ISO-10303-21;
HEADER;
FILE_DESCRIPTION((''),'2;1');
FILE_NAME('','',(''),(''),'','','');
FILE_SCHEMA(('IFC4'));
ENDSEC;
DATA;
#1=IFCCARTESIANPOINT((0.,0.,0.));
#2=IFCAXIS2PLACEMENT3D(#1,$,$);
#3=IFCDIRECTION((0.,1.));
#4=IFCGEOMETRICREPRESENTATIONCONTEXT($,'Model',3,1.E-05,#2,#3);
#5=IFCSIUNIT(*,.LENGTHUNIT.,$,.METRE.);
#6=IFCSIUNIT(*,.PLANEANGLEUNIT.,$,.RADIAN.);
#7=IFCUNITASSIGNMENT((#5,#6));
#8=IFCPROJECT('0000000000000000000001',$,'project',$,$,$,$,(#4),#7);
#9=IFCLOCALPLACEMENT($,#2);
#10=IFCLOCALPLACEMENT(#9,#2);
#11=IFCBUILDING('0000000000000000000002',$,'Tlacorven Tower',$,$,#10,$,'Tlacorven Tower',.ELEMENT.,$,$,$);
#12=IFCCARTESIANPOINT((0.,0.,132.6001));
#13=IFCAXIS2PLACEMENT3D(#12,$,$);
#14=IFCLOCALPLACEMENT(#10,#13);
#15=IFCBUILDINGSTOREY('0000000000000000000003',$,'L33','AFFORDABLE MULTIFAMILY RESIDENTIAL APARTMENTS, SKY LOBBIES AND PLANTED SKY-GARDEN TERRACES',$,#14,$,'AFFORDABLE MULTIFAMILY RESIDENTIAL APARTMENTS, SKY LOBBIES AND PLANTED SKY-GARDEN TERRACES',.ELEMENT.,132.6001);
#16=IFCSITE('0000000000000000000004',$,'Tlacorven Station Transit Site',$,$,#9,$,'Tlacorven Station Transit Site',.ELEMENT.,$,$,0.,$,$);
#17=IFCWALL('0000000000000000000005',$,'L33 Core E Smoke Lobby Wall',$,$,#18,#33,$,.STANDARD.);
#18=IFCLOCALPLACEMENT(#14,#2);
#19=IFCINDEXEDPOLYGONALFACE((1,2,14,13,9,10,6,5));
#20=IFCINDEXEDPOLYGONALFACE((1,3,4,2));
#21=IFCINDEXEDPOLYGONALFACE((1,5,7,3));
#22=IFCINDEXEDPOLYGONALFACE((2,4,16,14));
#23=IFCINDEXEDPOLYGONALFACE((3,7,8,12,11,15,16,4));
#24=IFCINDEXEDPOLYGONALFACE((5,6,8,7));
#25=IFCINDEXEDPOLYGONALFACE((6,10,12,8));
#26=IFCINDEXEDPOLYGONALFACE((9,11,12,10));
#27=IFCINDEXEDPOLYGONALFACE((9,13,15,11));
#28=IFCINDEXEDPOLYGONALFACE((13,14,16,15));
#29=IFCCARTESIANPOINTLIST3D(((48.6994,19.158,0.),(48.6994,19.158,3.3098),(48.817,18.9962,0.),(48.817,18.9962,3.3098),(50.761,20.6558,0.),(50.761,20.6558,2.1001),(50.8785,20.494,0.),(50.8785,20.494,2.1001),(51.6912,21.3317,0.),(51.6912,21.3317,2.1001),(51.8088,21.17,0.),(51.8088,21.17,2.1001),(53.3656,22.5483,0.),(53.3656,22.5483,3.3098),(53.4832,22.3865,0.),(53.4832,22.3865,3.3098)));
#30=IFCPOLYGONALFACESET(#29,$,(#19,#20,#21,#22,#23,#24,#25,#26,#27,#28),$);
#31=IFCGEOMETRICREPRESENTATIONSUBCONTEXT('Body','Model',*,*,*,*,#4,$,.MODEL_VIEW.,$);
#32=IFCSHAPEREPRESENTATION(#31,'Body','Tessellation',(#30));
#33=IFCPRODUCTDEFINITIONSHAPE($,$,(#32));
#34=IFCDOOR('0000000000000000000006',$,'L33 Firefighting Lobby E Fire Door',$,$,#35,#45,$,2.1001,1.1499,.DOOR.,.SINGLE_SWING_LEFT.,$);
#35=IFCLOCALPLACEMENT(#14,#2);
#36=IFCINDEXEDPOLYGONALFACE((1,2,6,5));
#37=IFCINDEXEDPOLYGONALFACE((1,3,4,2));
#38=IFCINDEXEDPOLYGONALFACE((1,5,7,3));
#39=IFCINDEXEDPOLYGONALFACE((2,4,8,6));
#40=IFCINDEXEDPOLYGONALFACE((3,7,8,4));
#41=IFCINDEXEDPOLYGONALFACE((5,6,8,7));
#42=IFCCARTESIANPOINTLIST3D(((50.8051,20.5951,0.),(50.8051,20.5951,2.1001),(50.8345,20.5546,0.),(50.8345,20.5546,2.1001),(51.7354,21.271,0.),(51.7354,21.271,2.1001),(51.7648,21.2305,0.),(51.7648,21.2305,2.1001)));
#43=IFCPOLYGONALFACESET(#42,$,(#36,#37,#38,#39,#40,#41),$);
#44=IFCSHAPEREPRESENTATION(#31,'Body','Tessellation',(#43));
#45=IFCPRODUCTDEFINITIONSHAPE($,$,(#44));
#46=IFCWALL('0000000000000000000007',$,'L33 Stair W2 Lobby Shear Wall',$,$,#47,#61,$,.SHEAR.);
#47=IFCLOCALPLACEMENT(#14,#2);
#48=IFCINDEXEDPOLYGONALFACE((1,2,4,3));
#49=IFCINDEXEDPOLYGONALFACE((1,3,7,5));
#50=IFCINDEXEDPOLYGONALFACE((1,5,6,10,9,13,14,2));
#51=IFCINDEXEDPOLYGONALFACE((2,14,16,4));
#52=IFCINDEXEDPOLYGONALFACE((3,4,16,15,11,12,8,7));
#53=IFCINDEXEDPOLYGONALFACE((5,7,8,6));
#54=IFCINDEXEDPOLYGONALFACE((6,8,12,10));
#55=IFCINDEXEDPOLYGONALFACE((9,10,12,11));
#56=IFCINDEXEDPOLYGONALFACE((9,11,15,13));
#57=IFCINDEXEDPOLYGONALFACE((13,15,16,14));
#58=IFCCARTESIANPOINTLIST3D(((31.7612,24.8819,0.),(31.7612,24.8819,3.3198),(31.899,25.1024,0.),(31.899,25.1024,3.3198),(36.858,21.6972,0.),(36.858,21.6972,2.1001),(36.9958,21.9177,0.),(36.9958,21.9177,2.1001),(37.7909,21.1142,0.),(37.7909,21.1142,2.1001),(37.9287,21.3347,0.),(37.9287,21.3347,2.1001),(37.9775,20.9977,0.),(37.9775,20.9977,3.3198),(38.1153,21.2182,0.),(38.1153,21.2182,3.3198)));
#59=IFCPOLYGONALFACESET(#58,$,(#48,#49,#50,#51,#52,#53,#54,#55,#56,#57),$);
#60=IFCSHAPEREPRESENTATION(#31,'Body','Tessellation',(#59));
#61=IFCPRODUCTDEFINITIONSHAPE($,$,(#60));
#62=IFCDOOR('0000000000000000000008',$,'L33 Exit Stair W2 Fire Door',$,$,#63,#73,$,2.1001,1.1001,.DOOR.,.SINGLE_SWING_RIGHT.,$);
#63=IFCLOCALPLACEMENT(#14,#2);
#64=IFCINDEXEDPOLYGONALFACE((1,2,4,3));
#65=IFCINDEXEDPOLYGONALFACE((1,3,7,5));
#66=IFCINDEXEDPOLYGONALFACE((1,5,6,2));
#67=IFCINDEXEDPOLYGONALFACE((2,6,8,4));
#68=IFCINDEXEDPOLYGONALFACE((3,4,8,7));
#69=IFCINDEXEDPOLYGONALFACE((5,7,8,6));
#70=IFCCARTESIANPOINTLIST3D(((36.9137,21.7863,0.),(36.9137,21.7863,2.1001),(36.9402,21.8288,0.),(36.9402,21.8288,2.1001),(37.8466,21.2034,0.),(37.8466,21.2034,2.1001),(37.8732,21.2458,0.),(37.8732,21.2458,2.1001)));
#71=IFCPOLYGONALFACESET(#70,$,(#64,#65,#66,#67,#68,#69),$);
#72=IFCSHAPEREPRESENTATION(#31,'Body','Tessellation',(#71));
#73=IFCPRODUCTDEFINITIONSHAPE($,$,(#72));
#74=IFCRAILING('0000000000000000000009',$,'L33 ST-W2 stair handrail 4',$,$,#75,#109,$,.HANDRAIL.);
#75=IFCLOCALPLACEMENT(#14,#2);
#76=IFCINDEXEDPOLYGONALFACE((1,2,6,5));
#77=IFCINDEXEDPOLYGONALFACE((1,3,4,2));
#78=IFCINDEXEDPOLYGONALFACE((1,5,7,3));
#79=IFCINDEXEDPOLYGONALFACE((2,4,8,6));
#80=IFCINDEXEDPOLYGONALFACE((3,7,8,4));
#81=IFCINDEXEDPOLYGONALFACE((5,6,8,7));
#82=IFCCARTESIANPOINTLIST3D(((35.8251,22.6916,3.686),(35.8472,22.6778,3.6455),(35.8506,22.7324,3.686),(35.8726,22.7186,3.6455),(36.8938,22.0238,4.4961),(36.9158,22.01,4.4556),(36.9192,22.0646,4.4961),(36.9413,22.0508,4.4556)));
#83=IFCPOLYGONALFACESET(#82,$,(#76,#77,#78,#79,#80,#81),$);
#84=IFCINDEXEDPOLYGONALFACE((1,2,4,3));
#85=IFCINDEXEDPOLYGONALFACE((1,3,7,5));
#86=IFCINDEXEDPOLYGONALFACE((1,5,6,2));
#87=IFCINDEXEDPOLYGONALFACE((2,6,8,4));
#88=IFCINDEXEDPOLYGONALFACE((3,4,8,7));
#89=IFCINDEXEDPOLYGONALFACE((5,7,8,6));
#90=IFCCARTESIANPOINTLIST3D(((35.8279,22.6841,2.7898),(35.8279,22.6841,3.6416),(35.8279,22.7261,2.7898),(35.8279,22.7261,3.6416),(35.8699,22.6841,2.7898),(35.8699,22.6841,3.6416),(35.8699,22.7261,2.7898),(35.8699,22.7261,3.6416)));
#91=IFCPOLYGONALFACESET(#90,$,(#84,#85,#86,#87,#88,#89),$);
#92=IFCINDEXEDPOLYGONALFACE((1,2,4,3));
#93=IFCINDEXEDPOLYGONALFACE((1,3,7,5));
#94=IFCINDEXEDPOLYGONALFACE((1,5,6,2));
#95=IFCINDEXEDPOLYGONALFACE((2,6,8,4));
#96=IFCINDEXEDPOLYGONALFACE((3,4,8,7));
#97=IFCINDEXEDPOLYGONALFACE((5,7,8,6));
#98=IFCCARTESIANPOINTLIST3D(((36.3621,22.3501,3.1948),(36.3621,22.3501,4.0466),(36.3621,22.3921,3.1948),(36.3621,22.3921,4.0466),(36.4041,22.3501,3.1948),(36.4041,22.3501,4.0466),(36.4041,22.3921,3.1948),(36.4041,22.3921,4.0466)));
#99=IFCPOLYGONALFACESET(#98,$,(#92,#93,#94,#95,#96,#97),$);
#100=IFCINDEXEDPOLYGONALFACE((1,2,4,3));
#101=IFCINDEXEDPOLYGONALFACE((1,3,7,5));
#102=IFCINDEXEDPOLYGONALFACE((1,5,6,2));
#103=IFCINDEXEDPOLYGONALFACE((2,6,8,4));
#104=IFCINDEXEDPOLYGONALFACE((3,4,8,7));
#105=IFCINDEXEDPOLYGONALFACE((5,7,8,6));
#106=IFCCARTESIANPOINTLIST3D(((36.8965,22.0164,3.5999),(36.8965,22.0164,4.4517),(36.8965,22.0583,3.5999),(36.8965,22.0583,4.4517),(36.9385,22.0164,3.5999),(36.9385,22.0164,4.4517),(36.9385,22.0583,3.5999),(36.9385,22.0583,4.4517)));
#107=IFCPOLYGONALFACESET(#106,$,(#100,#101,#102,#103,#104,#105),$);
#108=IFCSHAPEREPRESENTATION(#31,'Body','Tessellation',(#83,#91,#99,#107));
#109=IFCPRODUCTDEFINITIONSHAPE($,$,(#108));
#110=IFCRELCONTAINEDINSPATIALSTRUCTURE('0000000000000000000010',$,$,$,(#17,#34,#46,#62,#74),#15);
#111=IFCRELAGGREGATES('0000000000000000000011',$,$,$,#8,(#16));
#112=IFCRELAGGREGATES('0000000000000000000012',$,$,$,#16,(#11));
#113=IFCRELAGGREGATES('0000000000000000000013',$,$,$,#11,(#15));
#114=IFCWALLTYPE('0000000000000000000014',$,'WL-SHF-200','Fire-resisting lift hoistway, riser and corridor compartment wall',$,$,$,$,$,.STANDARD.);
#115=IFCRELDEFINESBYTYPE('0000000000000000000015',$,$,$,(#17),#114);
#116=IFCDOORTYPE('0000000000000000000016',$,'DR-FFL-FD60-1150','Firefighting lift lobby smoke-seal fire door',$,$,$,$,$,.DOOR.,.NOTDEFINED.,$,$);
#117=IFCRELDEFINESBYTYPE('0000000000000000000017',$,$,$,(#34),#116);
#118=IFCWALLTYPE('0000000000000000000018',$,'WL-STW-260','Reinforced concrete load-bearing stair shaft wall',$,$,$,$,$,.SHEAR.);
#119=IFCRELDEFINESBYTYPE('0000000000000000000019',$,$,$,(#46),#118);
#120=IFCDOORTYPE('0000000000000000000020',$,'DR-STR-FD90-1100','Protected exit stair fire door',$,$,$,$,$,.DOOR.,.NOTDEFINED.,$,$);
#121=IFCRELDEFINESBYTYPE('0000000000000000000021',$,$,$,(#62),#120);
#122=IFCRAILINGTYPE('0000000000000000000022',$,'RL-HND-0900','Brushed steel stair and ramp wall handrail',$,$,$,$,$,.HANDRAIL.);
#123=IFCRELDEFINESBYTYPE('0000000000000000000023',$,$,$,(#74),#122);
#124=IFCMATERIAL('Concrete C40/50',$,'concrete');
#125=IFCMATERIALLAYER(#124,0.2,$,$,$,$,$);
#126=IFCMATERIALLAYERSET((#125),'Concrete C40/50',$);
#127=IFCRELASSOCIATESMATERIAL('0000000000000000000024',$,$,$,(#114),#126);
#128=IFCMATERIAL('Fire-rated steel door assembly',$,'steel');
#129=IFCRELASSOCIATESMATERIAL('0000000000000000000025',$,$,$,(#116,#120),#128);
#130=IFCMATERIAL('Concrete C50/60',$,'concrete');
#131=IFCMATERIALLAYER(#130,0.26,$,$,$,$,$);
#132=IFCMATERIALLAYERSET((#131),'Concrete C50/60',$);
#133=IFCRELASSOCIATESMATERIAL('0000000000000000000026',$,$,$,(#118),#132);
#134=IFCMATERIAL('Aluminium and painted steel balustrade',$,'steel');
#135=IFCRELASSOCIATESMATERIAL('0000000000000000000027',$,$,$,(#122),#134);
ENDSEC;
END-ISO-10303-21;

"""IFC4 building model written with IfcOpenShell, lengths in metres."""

from ifc_helpers import new_model, si_unit, direction, frame, frame_2d, origin, origin_2d, place, context, subcontext, project, spatial, rectangle, extrude, source, transform, mapped, material, layer, layer_set, type_object, element, fill, save


model = new_model("IFC4")

# Units and contexts
model_context = context("Model", 3, precision=1e-05, world=origin(), true_north=direction((0.0, 1.0)))
body_context = subcontext(model_context, "Body", "Model", "MODEL_VIEW")
ifc_project = project(units=[si_unit("LENGTHUNIT", "METRE"), si_unit("PLANEANGLEUNIT", "RADIAN")], contexts=[model_context])

# Site, building, storey
site_placement = place(None, origin())
site = spatial("IfcSite", under=ifc_project, at=site_placement, Name="Tlacorven Station Transit Site", LongName="Tlacorven Station Transit Site", CompositionType="ELEMENT", RefElevation=0.0)
building_placement = place(site_placement, origin())
building = spatial("IfcBuilding", under=site, at=building_placement, Name="Tlacorven Tower", LongName="Tlacorven Tower", CompositionType="ELEMENT")
storey_placement = place(building_placement, frame((0.0, 0.0, 132.6001)))
storey = spatial("IfcBuildingStorey", under=building, at=storey_placement, Name="L33", Description="AFFORDABLE MULTIFAMILY RESIDENTIAL APARTMENTS, SKY LOBBIES AND PLANTED SKY-GARDEN TERRACES", LongName="AFFORDABLE MULTIFAMILY RESIDENTIAL APARTMENTS, SKY LOBBIES AND PLANTED SKY-GARDEN TERRACES", CompositionType="ELEMENT", Elevation=132.6001)

# Shared definitions
ifc_material_1 = material(Name="Fire-rated steel door assembly", Category="steel")

# Shared definitions
ifc_material_2 = material(Name="Concrete C40/50", Category="concrete")
ifc_layer_1 = layer(ifc_material_2, 0.2)
ifc_layer_set_1 = layer_set([ifc_layer_1], Name="Concrete C40/50")
wall_type_1 = type_object("IfcWallType", Name="WL-SHF-200", Description="Fire-resisting lift hoistway, riser and corridor compartment wall", PredefinedType="STANDARD", material=ifc_layer_set_1)

# Shared definitions
door_type_1 = type_object("IfcDoorType", Name="DR-FFL-FD60-1150", Description="Firefighting lift lobby smoke-seal fire door", OperationType="NOTDEFINED", PredefinedType="DOOR", material=ifc_material_1)
shared_shape_1 = source(origin(), body_context, "Body", "SweptSolid", [
    extrude(rectangle(XDim=1.1499, YDim=2.1001, at=frame_2d((0.575, 1.05))), frame((0.0, 0.0249, 0.0), z_axis=(0.0, -1.0, 0.0), x_axis=(1.0, 0.0, 0.0)), (0.0, 0.0, 1.0), 0.05),
])

# Walls, openings, doors
wall_1_placement = place(storey_placement, frame((48.7583, 19.0771, 0.0), z_axis=(0.0, 0.0, 1.0), x_axis=(0.809005, 0.587802, 0.0)))
wall_1 = element("IfcWall", 1, at=wall_1_placement, inside=storey, type_object=wall_type_1, Name="L33 Core E Smoke Lobby Wall", PredefinedType="STANDARD", context=body_context, shape_type="SweptSolid", body=[
    extrude(rectangle(XDim=5.7678, YDim=0.2, at=frame_2d((2.8838, 0.0))), origin(), (0.0, 0.0, 1.0), 3.3098),
])
opening_1_placement = place(wall_1_placement, frame((2.5481, 0.0, 0.0)))
opening_1 = element("IfcOpeningElement", 2, at=opening_1_placement, cuts=wall_1, PredefinedType="OPENING", context=body_context, shape_type="SweptSolid", body=[
    extrude(rectangle(XDim=1.1499, YDim=2.1001, at=frame_2d((0.575, 1.05))), frame((0.0, 0.1099, 0.0), z_axis=(0.0, -1.0, 0.0), x_axis=(1.0, 0.0, 0.0)), (0.0, 0.0, 1.0), 0.22),
])
door_1_placement = place(opening_1_placement, origin())
door_1 = element("IfcDoor", 3, at=door_1_placement, inside=storey, type_object=door_type_1, Name="L33 Firefighting Lobby E Fire Door", OperationType="SINGLE_SWING_LEFT", OverallHeight=2.1001, OverallWidth=1.1499, PredefinedType="DOOR", context=body_context, shape_type="MappedRepresentation", body=[
    mapped(shared_shape_1, transform((0.0, 0.0, 0.0), scale=1.0)),
])
fill(opening_1, door_1)
ifc_material_3 = material(Name="Concrete C50/60", Category="concrete")
ifc_layer_2 = layer(ifc_material_3, 0.26)
ifc_layer_set_2 = layer_set([ifc_layer_2], Name="Concrete C50/60")
wall_type_2 = type_object("IfcWallType", Name="WL-STW-260", Description="Reinforced concrete load-bearing stair shaft wall", PredefinedType="SHEAR", material=ifc_layer_set_2)
wall_2_placement = place(storey_placement, frame((38.0464, 21.1079, 0.0), z_axis=(0.0, 0.0, 1.0), x_axis=(-0.848054, 0.529909, 0.0)))
wall_2 = element("IfcWall", 4, at=wall_2_placement, inside=storey, type_object=wall_type_2, Name="L33 Stair W2 Lobby Shear Wall", PredefinedType="SHEAR", context=body_context, shape_type="SweptSolid", body=[
    extrude(rectangle(XDim=7.3301, YDim=0.26, at=frame_2d((3.665, 0.0))), origin(), (0.0, 0.0, 1.0), 3.3198),
])
opening_2_placement = place(wall_2_placement, frame((0.22, 0.0, 0.0)))
opening_2 = element("IfcOpeningElement", 5, at=opening_2_placement, cuts=wall_2, PredefinedType="OPENING", context=body_context, shape_type="SweptSolid", body=[
    extrude(rectangle(XDim=1.1001, YDim=2.1001, at=frame_2d((0.55, 1.05))), frame((0.0, 0.1401, 0.0), z_axis=(0.0, -1.0, 0.0), x_axis=(1.0, 0.0, 0.0)), (0.0, 0.0, 1.0), 0.28),
])
door_type_2 = type_object("IfcDoorType", Name="DR-STR-FD90-1100", Description="Protected exit stair fire door", OperationType="NOTDEFINED", PredefinedType="DOOR", material=ifc_material_1)
shared_shape_2 = source(origin(), body_context, "Body", "SweptSolid", [
    extrude(rectangle(XDim=1.1001, YDim=2.1001, at=frame_2d((0.55, 1.05))), frame((0.0, 0.0249, 0.0), z_axis=(0.0, -1.0, 0.0), x_axis=(1.0, 0.0, 0.0)), (0.0, 0.0, 1.0), 0.05),
])
door_2_placement = place(opening_2_placement, origin())
door_2 = element("IfcDoor", 6, at=door_2_placement, inside=storey, type_object=door_type_2, Name="L33 Exit Stair W2 Fire Door", OperationType="SINGLE_SWING_RIGHT", OverallHeight=2.1001, OverallWidth=1.1001, PredefinedType="DOOR", context=body_context, shape_type="MappedRepresentation", body=[
    mapped(shared_shape_2, transform((0.0, 0.0, 0.0), scale=1.0)),
])
fill(opening_2, door_2)

# Railing
ifc_material_4 = material(Name="Aluminium and painted steel balustrade", Category="steel")
railing_type = type_object("IfcRailingType", Name="RL-HND-0900", Description="Brushed steel stair and ramp wall handrail", PredefinedType="HANDRAIL", material=ifc_material_4)
shared_shape_3 = source(origin(), body_context, "Body", "SweptSolid", [
    extrude(rectangle(XDim=0.0481, YDim=0.0481, at=origin_2d()), frame((0.0, 0.0, 0.876), z_axis=(0.71336, -0.445748, 0.540765), x_axis=(0.529912, 0.848053, 0.0)), (0.0, 0.0, 1.0), 1.498),
    extrude(rectangle(XDim=0.042, YDim=0.042, at=origin_2d()), origin(), (0.0, 0.0, 1.0), 0.8518),
    extrude(rectangle(XDim=0.042, YDim=0.042, at=origin_2d()), frame((0.5342, -0.334, 0.405)), (0.0, 0.0, 1.0), 0.8518),
    extrude(rectangle(XDim=0.042, YDim=0.042, at=origin_2d()), frame((1.0686, -0.6677, 0.8101)), (0.0, 0.0, 1.0), 0.8518),
])
railing_placement = place(storey_placement, frame((35.8489, 22.7051, 2.7898)))
element("IfcRailing", 7, at=railing_placement, inside=storey, type_object=railing_type, Name="L33 ST-W2 stair handrail 4", PredefinedType="HANDRAIL", context=body_context, shape_type="MappedRepresentation", body=[
    mapped(shared_shape_3, transform((0.0, 0.0, 0.0), scale=1.0)),
])

save(model, "model.ifc")
